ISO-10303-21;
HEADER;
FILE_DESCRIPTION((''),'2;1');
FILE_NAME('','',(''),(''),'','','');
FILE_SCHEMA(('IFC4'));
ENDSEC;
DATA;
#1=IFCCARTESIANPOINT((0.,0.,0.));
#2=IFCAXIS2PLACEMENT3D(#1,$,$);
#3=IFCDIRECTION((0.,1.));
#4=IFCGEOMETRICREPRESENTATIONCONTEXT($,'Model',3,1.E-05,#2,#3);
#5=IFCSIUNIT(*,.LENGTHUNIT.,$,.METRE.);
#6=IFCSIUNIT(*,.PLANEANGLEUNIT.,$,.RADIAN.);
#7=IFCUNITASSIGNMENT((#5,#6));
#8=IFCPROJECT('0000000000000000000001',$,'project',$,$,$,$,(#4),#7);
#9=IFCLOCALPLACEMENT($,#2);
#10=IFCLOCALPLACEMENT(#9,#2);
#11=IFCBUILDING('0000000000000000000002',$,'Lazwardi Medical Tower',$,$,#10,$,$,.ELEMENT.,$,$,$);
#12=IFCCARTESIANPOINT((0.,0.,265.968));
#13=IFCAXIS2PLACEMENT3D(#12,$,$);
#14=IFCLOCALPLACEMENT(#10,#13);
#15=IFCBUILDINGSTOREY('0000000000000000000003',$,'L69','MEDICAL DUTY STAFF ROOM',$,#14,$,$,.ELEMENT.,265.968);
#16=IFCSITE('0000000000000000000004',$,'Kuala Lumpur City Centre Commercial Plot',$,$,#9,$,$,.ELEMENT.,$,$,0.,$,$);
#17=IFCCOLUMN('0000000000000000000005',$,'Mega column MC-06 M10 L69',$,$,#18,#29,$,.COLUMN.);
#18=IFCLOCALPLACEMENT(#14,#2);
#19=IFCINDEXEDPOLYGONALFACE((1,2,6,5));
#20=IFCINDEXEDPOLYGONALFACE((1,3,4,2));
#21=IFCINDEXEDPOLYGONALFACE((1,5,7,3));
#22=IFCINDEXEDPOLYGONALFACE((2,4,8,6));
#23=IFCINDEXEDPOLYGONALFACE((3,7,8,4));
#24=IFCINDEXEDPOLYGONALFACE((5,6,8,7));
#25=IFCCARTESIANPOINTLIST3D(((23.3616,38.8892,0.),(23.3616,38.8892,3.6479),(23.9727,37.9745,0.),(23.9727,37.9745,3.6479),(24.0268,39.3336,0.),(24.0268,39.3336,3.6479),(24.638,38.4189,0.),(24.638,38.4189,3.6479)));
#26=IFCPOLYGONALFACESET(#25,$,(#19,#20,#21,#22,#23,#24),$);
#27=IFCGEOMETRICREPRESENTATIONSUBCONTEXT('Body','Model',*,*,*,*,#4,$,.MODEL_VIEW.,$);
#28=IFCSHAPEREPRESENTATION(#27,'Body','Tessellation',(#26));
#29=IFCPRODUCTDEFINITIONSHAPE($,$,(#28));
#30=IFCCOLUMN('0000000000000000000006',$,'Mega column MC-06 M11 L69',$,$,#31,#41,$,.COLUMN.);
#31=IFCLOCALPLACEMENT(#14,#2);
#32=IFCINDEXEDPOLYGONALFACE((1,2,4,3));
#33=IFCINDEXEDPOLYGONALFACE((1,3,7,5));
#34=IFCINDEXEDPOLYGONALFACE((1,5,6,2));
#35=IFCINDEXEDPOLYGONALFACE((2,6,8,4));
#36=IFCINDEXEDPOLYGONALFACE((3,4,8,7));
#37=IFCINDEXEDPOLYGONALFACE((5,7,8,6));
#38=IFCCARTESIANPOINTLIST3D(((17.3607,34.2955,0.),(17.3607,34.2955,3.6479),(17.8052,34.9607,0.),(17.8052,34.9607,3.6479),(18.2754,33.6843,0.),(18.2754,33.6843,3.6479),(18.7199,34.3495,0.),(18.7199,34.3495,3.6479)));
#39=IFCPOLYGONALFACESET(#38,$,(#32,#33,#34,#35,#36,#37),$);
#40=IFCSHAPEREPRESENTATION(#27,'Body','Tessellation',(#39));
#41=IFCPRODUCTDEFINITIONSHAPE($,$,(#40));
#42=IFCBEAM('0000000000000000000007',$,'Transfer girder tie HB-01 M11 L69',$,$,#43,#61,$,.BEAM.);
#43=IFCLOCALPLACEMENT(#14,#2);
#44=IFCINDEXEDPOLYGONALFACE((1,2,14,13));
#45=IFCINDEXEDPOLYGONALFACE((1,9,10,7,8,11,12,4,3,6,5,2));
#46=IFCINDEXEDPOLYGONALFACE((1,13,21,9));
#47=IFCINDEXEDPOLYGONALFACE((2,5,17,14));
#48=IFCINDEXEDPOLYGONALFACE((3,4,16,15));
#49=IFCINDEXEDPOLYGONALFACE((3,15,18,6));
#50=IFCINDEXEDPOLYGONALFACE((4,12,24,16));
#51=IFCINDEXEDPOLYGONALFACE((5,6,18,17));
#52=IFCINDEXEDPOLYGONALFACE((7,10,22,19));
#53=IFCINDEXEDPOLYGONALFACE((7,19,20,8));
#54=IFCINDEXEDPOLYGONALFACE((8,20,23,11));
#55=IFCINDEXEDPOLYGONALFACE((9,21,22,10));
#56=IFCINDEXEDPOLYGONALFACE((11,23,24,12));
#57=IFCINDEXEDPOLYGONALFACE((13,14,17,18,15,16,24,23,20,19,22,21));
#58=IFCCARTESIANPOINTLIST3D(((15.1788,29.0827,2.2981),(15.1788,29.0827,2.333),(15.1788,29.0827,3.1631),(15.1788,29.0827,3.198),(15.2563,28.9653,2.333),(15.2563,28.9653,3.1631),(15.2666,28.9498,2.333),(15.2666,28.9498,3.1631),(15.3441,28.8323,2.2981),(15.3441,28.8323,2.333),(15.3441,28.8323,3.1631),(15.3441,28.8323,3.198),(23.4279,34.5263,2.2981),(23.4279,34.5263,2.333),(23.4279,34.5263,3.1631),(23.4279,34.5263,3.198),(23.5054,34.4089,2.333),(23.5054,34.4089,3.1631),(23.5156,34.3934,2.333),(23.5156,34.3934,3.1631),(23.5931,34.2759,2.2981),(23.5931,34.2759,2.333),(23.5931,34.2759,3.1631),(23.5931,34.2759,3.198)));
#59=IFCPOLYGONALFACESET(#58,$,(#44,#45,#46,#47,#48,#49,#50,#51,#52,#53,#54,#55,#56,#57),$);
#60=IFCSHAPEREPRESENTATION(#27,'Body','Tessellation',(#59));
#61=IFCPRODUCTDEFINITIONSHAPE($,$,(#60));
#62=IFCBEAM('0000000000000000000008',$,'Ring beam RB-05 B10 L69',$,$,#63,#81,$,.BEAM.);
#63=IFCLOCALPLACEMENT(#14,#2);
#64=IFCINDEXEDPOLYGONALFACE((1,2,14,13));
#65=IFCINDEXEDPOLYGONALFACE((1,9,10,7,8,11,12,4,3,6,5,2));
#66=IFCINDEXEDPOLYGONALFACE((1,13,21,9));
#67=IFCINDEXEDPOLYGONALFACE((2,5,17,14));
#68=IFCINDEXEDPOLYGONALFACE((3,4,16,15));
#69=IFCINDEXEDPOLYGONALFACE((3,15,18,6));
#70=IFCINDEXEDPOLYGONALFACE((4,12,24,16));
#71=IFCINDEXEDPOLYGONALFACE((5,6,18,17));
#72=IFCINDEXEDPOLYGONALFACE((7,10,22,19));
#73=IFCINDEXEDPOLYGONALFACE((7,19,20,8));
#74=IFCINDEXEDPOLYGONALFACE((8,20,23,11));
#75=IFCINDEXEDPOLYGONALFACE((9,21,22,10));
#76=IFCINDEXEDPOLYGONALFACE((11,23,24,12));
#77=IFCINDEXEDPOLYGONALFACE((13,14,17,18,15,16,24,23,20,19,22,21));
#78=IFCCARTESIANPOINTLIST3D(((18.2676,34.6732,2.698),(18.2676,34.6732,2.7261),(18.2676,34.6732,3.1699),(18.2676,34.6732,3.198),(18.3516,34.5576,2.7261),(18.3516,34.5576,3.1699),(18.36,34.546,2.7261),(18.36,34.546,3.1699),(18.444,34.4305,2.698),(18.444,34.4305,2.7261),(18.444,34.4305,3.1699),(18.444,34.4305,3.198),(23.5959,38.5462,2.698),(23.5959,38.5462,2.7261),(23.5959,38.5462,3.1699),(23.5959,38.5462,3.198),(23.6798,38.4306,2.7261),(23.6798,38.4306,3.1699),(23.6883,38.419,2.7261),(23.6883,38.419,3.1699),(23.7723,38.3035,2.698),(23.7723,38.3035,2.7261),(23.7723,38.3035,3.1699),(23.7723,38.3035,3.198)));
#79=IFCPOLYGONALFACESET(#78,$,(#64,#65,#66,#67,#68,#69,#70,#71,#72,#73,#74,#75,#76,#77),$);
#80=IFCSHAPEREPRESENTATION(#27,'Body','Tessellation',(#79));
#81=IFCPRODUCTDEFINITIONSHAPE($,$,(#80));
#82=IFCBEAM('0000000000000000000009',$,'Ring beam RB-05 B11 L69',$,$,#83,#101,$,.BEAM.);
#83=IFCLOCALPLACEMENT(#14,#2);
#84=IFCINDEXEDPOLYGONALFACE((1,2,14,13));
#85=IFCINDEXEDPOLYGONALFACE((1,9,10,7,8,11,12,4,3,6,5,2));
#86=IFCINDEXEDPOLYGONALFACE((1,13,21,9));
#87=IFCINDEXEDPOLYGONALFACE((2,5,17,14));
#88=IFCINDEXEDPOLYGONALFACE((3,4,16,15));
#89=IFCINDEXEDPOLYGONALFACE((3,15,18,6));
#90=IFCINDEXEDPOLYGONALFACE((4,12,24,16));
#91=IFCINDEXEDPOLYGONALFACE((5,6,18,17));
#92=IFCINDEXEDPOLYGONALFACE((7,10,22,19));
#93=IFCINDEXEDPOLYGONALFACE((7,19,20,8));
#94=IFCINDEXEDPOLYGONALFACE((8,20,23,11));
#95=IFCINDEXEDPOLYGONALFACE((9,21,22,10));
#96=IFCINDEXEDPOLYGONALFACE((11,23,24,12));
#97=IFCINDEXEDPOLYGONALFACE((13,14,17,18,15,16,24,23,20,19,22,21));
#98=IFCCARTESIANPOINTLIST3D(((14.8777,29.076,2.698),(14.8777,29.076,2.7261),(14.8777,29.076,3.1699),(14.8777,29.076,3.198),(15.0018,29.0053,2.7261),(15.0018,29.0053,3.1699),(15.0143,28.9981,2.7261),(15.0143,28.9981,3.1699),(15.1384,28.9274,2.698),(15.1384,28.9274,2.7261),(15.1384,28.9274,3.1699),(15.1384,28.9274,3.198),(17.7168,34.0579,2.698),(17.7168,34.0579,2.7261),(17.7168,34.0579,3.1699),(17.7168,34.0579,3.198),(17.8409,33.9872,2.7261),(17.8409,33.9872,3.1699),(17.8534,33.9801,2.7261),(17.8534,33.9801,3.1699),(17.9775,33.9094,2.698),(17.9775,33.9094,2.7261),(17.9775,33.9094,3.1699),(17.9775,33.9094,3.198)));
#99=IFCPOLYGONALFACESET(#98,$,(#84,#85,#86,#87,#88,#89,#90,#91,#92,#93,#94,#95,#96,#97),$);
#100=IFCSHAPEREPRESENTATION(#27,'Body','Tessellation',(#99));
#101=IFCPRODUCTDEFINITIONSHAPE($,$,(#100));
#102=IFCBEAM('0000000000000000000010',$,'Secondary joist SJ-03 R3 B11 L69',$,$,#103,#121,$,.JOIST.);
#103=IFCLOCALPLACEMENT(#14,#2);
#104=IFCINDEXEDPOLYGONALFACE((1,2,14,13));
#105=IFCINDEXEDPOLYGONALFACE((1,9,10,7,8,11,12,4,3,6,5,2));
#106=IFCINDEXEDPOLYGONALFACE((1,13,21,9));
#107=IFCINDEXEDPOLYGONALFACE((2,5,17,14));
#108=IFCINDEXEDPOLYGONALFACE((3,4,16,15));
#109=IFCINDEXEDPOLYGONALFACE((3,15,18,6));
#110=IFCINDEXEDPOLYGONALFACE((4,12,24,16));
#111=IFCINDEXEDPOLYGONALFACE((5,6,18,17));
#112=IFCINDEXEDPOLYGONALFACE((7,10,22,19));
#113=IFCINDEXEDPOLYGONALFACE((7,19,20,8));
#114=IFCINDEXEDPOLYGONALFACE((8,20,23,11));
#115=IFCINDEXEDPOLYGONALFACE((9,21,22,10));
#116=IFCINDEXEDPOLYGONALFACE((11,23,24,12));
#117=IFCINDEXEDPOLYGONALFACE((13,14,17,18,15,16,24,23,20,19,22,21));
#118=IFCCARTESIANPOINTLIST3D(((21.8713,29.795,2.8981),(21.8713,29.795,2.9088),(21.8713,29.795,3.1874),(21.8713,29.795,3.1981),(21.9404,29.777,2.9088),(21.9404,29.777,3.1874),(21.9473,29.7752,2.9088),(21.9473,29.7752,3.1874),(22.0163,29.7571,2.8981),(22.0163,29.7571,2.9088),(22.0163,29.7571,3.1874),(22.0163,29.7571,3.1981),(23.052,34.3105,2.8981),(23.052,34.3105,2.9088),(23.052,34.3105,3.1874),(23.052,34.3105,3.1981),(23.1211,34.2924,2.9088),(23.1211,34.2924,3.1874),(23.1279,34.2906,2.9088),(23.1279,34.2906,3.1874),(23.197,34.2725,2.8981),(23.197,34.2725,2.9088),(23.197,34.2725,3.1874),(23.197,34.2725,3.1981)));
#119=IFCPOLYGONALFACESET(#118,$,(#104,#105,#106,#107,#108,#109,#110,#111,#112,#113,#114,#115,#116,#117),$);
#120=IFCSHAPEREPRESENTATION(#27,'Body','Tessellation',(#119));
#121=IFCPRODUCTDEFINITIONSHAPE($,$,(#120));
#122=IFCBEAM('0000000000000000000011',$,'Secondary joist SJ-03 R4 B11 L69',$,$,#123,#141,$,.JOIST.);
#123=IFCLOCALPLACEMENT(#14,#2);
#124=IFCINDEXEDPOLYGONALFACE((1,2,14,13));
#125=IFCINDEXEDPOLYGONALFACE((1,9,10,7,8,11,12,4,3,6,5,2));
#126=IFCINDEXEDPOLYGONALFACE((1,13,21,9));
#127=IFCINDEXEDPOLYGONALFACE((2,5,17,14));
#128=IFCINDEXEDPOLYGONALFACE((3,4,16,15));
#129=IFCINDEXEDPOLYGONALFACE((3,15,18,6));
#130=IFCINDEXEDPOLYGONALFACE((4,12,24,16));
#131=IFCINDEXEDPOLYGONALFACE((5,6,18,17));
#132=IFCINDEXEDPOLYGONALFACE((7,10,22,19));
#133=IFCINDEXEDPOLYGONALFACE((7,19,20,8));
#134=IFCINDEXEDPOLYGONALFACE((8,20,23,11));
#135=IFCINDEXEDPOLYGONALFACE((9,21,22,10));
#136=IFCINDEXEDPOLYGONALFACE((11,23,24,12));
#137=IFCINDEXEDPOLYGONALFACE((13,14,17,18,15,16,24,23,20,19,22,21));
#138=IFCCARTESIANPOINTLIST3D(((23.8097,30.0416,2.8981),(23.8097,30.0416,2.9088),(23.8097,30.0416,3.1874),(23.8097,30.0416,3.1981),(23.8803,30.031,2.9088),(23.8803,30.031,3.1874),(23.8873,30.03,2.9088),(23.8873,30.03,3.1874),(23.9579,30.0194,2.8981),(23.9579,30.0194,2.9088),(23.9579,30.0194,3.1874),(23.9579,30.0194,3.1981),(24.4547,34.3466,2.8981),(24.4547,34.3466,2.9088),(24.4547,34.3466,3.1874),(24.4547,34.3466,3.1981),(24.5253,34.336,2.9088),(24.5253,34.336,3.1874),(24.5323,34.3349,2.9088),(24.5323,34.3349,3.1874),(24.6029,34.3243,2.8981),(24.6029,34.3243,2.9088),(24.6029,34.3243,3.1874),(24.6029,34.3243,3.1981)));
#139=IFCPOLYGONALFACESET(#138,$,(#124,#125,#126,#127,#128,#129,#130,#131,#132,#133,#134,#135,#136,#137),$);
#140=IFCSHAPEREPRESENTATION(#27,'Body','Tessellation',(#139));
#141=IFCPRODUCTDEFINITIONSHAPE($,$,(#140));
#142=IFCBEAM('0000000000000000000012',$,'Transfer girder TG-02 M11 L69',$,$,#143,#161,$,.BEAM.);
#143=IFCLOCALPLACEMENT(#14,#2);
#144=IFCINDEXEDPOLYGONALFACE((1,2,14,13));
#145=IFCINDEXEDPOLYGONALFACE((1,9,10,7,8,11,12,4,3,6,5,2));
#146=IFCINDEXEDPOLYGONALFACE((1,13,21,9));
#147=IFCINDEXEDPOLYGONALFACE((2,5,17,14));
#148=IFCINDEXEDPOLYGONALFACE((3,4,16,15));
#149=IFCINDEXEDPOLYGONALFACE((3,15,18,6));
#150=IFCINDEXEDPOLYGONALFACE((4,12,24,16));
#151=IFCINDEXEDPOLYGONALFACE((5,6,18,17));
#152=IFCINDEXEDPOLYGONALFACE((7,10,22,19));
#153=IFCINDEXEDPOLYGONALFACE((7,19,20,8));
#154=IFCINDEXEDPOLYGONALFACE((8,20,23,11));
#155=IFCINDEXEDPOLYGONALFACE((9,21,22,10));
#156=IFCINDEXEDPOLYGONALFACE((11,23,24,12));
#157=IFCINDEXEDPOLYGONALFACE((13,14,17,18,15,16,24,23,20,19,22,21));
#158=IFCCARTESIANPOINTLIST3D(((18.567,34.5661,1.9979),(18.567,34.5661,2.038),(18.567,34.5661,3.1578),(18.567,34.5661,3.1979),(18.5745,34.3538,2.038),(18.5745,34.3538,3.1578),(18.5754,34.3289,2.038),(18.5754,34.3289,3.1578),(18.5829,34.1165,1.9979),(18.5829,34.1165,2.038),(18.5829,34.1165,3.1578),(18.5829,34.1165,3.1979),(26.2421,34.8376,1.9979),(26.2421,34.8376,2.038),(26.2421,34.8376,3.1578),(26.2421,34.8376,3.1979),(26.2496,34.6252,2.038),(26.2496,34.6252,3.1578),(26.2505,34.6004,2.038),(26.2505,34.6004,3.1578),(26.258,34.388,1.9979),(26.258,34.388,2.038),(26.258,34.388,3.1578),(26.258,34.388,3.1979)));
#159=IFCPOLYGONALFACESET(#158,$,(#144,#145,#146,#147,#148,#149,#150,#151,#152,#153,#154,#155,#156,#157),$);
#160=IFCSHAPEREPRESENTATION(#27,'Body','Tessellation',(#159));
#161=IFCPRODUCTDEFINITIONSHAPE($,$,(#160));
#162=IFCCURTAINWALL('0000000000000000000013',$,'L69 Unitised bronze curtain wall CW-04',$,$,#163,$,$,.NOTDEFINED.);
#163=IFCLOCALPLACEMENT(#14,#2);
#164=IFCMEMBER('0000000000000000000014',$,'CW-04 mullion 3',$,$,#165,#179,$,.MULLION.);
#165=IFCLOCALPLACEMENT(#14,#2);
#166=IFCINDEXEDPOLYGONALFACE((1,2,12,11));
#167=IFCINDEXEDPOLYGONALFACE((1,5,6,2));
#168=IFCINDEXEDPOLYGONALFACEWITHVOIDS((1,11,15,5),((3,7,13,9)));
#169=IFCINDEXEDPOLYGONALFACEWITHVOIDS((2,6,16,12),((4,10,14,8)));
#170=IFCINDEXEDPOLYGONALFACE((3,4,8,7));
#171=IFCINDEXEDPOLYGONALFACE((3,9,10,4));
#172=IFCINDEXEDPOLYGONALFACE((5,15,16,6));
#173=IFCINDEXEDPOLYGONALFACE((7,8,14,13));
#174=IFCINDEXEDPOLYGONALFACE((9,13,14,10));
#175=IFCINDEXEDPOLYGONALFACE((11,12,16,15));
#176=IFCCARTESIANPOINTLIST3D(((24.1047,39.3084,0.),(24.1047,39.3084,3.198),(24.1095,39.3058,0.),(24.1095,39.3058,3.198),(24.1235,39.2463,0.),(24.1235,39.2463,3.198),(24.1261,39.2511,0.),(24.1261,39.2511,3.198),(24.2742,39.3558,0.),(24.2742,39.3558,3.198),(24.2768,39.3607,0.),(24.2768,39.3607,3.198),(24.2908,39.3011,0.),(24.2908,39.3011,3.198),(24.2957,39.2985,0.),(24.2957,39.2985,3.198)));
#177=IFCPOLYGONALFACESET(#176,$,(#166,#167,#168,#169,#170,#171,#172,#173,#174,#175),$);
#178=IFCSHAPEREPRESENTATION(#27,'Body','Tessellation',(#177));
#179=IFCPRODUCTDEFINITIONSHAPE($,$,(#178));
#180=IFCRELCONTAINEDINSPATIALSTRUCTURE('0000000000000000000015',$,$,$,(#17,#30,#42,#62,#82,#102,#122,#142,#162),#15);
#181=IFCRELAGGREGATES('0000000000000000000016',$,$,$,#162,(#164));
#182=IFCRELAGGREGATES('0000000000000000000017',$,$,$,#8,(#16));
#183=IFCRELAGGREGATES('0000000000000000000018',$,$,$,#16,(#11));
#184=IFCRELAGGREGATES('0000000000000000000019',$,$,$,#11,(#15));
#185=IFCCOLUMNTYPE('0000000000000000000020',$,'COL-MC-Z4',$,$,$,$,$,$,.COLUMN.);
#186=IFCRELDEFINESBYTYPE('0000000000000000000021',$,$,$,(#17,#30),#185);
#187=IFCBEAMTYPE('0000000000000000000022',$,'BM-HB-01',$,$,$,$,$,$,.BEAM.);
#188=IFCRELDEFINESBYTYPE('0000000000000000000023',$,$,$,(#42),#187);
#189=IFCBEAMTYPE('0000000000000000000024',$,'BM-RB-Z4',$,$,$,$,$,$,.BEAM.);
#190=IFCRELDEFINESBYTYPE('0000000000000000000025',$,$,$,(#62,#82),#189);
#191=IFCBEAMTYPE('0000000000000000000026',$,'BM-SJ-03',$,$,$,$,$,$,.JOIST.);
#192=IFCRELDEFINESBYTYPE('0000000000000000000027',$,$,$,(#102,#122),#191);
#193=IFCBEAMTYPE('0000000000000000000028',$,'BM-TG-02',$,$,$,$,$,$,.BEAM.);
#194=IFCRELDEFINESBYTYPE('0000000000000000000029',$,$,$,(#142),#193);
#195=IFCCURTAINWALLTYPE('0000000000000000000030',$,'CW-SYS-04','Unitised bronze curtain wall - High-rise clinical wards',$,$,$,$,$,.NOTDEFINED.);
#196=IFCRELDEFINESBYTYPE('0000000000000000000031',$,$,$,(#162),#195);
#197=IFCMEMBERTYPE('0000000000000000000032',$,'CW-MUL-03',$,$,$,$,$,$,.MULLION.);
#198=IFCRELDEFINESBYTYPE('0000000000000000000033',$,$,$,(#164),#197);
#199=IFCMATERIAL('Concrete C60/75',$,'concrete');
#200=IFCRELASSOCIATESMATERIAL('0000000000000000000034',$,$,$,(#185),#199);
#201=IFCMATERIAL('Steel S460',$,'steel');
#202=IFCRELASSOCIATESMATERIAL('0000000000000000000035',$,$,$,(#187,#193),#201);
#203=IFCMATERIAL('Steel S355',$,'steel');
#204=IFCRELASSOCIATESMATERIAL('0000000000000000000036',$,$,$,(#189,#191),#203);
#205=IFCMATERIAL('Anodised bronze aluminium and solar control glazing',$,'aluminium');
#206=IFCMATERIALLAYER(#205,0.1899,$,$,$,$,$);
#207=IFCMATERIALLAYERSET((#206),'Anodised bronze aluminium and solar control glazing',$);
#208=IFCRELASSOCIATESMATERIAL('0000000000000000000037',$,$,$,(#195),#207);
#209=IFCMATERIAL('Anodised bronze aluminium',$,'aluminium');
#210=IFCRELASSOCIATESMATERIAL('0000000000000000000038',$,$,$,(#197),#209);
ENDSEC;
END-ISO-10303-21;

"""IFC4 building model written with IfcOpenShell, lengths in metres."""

from ifc_helpers import new_model, si_unit, direction, frame, origin, origin_2d, place, context, subcontext, project, spatial, rectangle, hollow_rectangle, i_section, extrude, material, layer, layer_set, material_profile, profile_set, type_object, element, aggregate, save


model = new_model("IFC4")

# Units and contexts
model_context = context("Model", 3, precision=1e-05, world=origin(), true_north=direction((0.0, 1.0)))
body_context = subcontext(model_context, "Body", "Model", "MODEL_VIEW")
ifc_project = project(units=[si_unit("LENGTHUNIT", "METRE"), si_unit("PLANEANGLEUNIT", "RADIAN")], contexts=[model_context])

# Site, building, storey
site_placement = place(None, origin())
site = spatial("IfcSite", under=ifc_project, at=site_placement, Name="Kuala Lumpur City Centre Commercial Plot", CompositionType="ELEMENT", RefElevation=0.0)
building_placement = place(site_placement, origin())
building = spatial("IfcBuilding", under=site, at=building_placement, Name="Lazwardi Medical Tower", CompositionType="ELEMENT")
storey_placement = place(building_placement, frame((0.0, 0.0, 265.968)))
storey = spatial("IfcBuildingStorey", under=building, at=storey_placement, Name="L69", Description="MEDICAL DUTY STAFF ROOM", CompositionType="ELEMENT", Elevation=265.968)

# Columns
ifc_material_1 = material(Name="Concrete C60/75", Category="concrete")
ifc_material_profile_1 = material_profile(ifc_material_1, rectangle(XDim=1.1001, YDim=0.8, at=origin_2d()), Name="CFT-RECT 1100x800")
ifc_profile_set_1 = profile_set([ifc_material_profile_1], Name="Concrete C60/75")
column_type = type_object("IfcColumnType", Name="COL-MC-Z4", PredefinedType="COLUMN", material=ifc_profile_set_1)
for number, where, z_axis, x_axis, name in (
    (1, (23.9998, 38.6541, 0.0), (0.0, 0.0, 1.0), (-0.55557, 0.83147, 0.0), "Mega column MC-06 M10 L69"),
    (2, (18.0403, 34.3225, 0.0), (0.0, 0.0, 1.0), (-0.83147, 0.55557, 0.0), "Mega column MC-06 M11 L69"),
):
    element("IfcColumn", number, at=place(storey_placement, frame(where, z_axis=z_axis, x_axis=x_axis)), inside=storey, type_object=column_type, Name=name, PredefinedType="COLUMN", context=body_context, shape_type="SweptSolid", body=[
        extrude(rectangle(XDim=1.1001, YDim=0.8, at=origin_2d()), origin(), (0.0, 0.0, 1.0), 3.6479),
    ])

# Beams
ifc_material_2 = material(Name="Steel S460", Category="steel")
ifc_material_profile_2 = material_profile(ifc_material_2, i_section(OverallWidth=0.3, OverallDepth=0.8999, WebThickness=0.0186, FlangeThickness=0.0349, at=origin_2d()), Name="HEB 900")
ifc_profile_set_2 = profile_set([ifc_material_profile_2], Name="Steel S460")
beam_type_1 = type_object("IfcBeamType", Name="BM-HB-01", PredefinedType="BEAM", material=ifc_profile_set_2)
beam_1_placement = place(storey_placement, frame((23.5105, 34.4011, 2.748), z_axis=(-0.834644, -0.550789, 0.0), x_axis=(0.550789, -0.834644, 0.0)))
element("IfcBeam", 3, at=beam_1_placement, inside=storey, type_object=beam_type_1, Name="Transfer girder tie HB-01 M11 L69", PredefinedType="BEAM", context=body_context, shape_type="SweptSolid", body=[
    extrude(i_section(OverallWidth=0.3, OverallDepth=0.8999, WebThickness=0.0186, FlangeThickness=0.0349, at=origin_2d()), origin(), (0.0, 0.0, 1.0), 9.8833),
])
ifc_material_3 = material(Name="Steel S355", Category="steel")
ifc_material_profile_3 = material_profile(ifc_material_3, i_section(OverallWidth=0.3, OverallDepth=0.5, WebThickness=0.0144, FlangeThickness=0.0281, at=origin_2d()), Name="HEB 500")
ifc_profile_set_3 = profile_set([ifc_material_profile_3], Name="Steel S355")
beam_type_2 = type_object("IfcBeamType", Name="BM-RB-Z4", PredefinedType="BEAM", material=ifc_profile_set_3)
beam_2_placement = place(storey_placement, frame((23.6841, 38.4248, 2.948), z_axis=(-0.80889, -0.58796, 0.0), x_axis=(0.58796, -0.80889, 0.0)))
element("IfcBeam", 4, at=beam_2_placement, inside=storey, type_object=beam_type_2, Name="Ring beam RB-05 B10 L69", PredefinedType="BEAM", context=body_context, shape_type="SweptSolid", body=[
    extrude(i_section(OverallWidth=0.3, OverallDepth=0.5, WebThickness=0.0144, FlangeThickness=0.0281, at=origin_2d()), origin(), (0.0, 0.0, 1.0), 6.5872),
])
beam_3_placement = place(storey_placement, frame((17.8472, 33.9836, 2.948), z_axis=(-0.495125, -0.868822, 0.0), x_axis=(0.868822, -0.495125, 0.0)))
element("IfcBeam", 5, at=beam_3_placement, inside=storey, type_object=beam_type_2, Name="Ring beam RB-05 B11 L69", PredefinedType="BEAM", context=body_context, shape_type="SweptSolid", body=[
    extrude(i_section(OverallWidth=0.3, OverallDepth=0.5, WebThickness=0.0144, FlangeThickness=0.0281, at=origin_2d()), origin(), (0.0, 0.0, 1.0), 5.7341),
])
ifc_material_profile_4 = material_profile(ifc_material_3, i_section(OverallWidth=0.1499, OverallDepth=0.3, WebThickness=0.0071, FlangeThickness=0.0107, at=origin_2d()), Name="IPE 300")
ifc_profile_set_4 = profile_set([ifc_material_profile_4], Name="Steel S355")
beam_type_3 = type_object("IfcBeamType", Name="BM-SJ-03", PredefinedType="JOIST", material=ifc_profile_set_4)
beam_4_placement = place(storey_placement, frame((23.1245, 34.2915, 3.0481), z_axis=(-0.252971, -0.967474, 0.0), x_axis=(0.967474, -0.252971, 0.0)))
element("IfcBeam", 6, at=beam_4_placement, inside=storey, type_object=beam_type_3, Name="Secondary joist SJ-03 R3 B11 L69", PredefinedType="JOIST", context=body_context, shape_type="SweptSolid", body=[
    extrude(i_section(OverallWidth=0.1499, OverallDepth=0.3, WebThickness=0.0071, FlangeThickness=0.0107, at=origin_2d()), origin(), (0.0, 0.0, 1.0), 4.6672),
])
beam_5_placement = place(storey_placement, frame((24.5288, 34.3354, 3.0481), z_axis=(-0.148179, -0.988961, 0.0), x_axis=(0.988961, -0.148179, 0.0)))
element("IfcBeam", 7, at=beam_5_placement, inside=storey, type_object=beam_type_3, Name="Secondary joist SJ-03 R4 B11 L69", PredefinedType="JOIST", context=body_context, shape_type="SweptSolid", body=[
    extrude(i_section(OverallWidth=0.1499, OverallDepth=0.3, WebThickness=0.0071, FlangeThickness=0.0107, at=origin_2d()), origin(), (0.0, 0.0, 1.0), 4.353),
])
ifc_material_profile_5 = material_profile(ifc_material_2, i_section(OverallWidth=0.45, OverallDepth=1.2, WebThickness=0.0249, FlangeThickness=0.04, at=origin_2d()), Name="PG 1200x450")
ifc_profile_set_5 = profile_set([ifc_material_profile_5], Name="Steel S460")
beam_type_4 = type_object("IfcBeamType", Name="BM-TG-02", PredefinedType="BEAM", material=ifc_profile_set_5)
beam_6_placement = place(storey_placement, frame((18.575, 34.3413, 2.5979), z_axis=(0.999375, 0.03535, 0.0), x_axis=(-0.03535, 0.999375, 0.0)))
element("IfcBeam", 8, at=beam_6_placement, inside=storey, type_object=beam_type_4, Name="Transfer girder TG-02 M11 L69", PredefinedType="BEAM", context=body_context, shape_type="SweptSolid", body=[
    extrude(i_section(OverallWidth=0.45, OverallDepth=1.2, WebThickness=0.0249, FlangeThickness=0.04, at=origin_2d()), origin(), (0.0, 0.0, 1.0), 7.6799),
])

# Curtain wall, member
ifc_material_4 = material(Name="Anodised bronze aluminium and solar control glazing", Category="aluminium")
ifc_layer_1 = layer(ifc_material_4, 0.1899)
ifc_layer_set_1 = layer_set([ifc_layer_1], Name="Anodised bronze aluminium and solar control glazing")
curtain_wall_type = type_object("IfcCurtainWallType", Name="CW-SYS-04", Description="Unitised bronze curtain wall - High-rise clinical wards", PredefinedType="NOTDEFINED", material=ifc_layer_set_1)
curtain_wall_1_placement = place(storey_placement, origin())
curtain_wall_1 = element("IfcCurtainWall", 9, at=curtain_wall_1_placement, inside=storey, type_object=curtain_wall_type, Name="L69 Unitised bronze curtain wall CW-04", PredefinedType="NOTDEFINED")
ifc_material_5 = material(Name="Anodised bronze aluminium", Category="aluminium")
ifc_material_profile_6 = material_profile(ifc_material_5, hollow_rectangle(XDim=0.0649, YDim=0.1799, WallThickness=0.0039, at=origin_2d()), Name="ALU-MULLION 180x65x4")
ifc_profile_set_6 = profile_set([ifc_material_profile_6], Name="Anodised bronze aluminium")
member_type_1 = type_object("IfcMemberType", Name="CW-MUL-03", PredefinedType="MULLION", material=ifc_profile_set_6)
member_1_placement = place(storey_placement, frame((24.2002, 39.3035, 0.0), z_axis=(0.0, 0.0, 1.0), x_axis=(0.290582, -0.95685, 0.0)))
member_1 = element("IfcMember", 10, at=member_1_placement, type_object=member_type_1, Name="CW-04 mullion 3", PredefinedType="MULLION", context=body_context, shape_type="SweptSolid", body=[
    extrude(hollow_rectangle(XDim=0.0649, YDim=0.1799, WallThickness=0.0039, at=origin_2d()), origin(), (0.0, 0.0, 1.0), 3.198),
])
aggregate(curtain_wall_1, [member_1])

save(model, "model.ifc")
